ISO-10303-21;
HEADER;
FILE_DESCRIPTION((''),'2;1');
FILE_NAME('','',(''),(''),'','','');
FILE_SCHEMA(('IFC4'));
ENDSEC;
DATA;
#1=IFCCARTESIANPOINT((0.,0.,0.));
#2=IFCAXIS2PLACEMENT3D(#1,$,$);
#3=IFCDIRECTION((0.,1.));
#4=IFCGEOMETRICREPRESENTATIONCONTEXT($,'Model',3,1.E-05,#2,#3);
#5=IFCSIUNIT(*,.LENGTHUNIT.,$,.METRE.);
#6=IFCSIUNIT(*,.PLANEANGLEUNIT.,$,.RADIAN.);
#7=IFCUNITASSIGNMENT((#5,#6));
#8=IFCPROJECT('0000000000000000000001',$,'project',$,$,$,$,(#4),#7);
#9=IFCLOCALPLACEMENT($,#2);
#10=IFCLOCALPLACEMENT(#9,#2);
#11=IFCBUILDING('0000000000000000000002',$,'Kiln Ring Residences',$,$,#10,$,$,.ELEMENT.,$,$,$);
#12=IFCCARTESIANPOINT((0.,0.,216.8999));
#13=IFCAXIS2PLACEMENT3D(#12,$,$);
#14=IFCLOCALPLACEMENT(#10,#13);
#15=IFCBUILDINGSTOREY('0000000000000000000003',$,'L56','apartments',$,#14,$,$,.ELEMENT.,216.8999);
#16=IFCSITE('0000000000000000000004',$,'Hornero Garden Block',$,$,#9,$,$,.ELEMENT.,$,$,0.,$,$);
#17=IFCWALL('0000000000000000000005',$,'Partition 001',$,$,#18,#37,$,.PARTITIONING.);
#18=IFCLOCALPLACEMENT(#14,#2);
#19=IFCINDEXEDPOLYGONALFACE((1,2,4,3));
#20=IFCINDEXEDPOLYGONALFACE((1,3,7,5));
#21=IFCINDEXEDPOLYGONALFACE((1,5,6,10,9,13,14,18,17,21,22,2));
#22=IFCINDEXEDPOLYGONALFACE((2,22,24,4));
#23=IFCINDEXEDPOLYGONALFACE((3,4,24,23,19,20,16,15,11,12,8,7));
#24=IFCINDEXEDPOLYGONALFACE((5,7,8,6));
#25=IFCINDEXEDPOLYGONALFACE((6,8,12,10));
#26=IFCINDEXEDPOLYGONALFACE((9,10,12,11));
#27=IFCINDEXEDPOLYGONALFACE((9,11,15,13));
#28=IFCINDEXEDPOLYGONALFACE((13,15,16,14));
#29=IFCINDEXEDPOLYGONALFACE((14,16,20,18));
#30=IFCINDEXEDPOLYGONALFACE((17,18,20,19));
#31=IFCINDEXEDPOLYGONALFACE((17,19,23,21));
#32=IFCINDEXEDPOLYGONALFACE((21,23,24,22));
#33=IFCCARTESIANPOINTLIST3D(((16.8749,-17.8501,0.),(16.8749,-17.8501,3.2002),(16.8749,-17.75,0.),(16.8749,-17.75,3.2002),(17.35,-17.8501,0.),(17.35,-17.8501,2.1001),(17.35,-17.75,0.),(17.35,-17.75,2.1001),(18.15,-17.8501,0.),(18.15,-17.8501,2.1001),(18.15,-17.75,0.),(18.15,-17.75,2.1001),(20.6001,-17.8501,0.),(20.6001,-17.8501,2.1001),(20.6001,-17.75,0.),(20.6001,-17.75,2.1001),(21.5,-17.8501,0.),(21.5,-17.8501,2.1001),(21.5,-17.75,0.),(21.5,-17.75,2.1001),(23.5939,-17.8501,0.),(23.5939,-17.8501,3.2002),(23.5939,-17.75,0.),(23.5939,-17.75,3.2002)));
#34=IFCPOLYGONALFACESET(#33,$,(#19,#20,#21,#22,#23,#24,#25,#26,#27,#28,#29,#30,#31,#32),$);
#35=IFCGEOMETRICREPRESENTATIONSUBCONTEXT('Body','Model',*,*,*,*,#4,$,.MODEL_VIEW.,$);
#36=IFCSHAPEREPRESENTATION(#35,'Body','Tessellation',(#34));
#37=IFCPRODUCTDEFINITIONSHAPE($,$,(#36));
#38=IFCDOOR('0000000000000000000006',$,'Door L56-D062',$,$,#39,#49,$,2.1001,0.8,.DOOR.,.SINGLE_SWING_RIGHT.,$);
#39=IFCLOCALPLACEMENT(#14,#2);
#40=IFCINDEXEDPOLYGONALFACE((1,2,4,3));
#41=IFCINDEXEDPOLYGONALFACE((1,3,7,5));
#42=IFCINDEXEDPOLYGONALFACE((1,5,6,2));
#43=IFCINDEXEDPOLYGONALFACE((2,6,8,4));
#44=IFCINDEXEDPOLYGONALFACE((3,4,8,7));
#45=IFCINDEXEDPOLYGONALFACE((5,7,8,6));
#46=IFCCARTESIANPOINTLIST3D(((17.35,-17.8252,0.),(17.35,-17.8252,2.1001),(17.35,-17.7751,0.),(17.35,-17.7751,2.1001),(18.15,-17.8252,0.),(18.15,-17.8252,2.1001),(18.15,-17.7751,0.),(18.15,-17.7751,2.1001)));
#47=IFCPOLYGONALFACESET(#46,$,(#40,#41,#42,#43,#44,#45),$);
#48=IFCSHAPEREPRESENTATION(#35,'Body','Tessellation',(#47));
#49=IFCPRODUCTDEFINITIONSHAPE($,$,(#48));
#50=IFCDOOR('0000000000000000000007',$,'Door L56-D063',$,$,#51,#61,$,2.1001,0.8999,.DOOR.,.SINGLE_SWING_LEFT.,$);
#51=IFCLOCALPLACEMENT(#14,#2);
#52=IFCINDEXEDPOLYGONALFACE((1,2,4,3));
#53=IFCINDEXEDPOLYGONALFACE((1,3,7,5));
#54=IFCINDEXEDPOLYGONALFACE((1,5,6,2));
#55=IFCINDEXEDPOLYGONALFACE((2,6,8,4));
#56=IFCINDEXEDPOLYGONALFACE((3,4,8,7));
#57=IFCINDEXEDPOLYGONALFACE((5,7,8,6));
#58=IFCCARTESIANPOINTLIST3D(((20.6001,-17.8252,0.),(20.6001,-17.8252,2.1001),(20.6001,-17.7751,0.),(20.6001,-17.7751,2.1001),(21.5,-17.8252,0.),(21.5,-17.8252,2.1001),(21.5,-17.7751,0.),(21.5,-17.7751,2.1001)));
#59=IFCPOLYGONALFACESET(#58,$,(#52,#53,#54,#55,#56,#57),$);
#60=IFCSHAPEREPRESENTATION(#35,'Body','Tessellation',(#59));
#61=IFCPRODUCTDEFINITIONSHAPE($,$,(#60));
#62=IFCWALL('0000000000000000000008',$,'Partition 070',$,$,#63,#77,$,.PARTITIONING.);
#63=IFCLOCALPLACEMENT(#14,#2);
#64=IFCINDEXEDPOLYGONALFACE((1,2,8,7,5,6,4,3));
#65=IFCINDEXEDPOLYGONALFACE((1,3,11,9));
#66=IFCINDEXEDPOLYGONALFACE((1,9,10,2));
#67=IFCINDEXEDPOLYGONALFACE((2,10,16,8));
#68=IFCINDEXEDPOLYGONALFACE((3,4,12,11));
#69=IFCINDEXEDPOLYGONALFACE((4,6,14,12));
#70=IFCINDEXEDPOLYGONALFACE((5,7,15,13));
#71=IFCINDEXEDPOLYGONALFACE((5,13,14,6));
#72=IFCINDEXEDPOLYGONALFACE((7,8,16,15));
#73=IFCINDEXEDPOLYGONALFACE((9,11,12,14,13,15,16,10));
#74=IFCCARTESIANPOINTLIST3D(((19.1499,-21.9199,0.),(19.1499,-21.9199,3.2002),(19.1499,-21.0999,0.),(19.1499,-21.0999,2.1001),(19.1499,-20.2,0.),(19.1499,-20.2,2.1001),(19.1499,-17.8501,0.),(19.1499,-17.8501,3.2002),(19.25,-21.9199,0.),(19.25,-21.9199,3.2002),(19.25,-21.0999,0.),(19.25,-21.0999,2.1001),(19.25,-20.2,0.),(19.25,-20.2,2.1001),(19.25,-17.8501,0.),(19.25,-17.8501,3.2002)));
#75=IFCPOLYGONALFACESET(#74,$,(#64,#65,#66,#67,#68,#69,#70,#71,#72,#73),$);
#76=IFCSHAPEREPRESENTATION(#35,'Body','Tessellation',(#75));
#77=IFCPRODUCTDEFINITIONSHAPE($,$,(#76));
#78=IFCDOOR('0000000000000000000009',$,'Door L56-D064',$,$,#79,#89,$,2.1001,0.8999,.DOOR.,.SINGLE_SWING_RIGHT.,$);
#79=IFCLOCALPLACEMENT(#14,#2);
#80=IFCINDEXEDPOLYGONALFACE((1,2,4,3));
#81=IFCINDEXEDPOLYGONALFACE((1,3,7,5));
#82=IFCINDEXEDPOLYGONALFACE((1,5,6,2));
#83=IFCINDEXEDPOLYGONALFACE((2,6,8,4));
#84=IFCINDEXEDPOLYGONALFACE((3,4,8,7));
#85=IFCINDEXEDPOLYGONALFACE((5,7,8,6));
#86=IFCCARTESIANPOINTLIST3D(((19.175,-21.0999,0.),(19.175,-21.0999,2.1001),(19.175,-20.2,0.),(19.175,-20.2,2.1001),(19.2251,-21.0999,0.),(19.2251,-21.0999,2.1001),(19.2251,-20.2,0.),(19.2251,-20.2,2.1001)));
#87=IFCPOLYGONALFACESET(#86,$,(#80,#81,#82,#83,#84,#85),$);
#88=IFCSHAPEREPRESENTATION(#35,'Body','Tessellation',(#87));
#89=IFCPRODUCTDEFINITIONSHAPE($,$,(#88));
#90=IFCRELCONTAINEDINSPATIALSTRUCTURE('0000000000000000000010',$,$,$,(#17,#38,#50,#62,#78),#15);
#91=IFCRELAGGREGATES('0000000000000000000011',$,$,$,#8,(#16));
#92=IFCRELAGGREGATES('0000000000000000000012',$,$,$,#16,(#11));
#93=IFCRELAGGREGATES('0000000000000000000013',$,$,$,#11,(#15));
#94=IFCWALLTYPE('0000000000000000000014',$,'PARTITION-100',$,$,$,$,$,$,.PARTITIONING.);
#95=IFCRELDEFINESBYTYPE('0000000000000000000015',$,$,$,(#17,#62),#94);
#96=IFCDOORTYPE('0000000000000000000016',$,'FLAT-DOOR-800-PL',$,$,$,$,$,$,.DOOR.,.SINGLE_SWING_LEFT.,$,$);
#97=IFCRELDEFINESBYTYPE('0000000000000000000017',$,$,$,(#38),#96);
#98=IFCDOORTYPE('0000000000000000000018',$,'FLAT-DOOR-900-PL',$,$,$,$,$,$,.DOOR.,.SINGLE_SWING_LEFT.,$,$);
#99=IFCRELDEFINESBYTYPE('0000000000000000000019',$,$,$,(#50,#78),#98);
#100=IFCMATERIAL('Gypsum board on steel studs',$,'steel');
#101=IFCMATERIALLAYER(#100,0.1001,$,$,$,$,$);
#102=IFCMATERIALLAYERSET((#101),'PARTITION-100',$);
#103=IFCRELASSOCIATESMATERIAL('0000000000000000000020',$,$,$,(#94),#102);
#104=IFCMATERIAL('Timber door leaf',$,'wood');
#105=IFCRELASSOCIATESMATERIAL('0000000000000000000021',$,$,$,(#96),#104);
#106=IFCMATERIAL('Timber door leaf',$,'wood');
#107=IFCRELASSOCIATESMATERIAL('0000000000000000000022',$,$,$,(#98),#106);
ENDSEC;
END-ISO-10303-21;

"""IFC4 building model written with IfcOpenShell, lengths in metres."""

from ifc_helpers import new_model, si_unit, direction, frame, frame_2d, origin, place, context, subcontext, project, spatial, rectangle, extrude, material, layer, layer_set, type_object, element, fill, save


model = new_model("IFC4")

# Units and contexts
model_context = context("Model", 3, precision=1e-05, world=origin(), true_north=direction((0.0, 1.0)))
body_context = subcontext(model_context, "Body", "Model", "MODEL_VIEW")
ifc_project = project(units=[si_unit("LENGTHUNIT", "METRE"), si_unit("PLANEANGLEUNIT", "RADIAN")], contexts=[model_context])

# Site, building, storey
site_placement = place(None, origin())
site = spatial("IfcSite", under=ifc_project, at=site_placement, Name="Hornero Garden Block", CompositionType="ELEMENT", RefElevation=0.0)
building_placement = place(site_placement, origin())
building = spatial("IfcBuilding", under=site, at=building_placement, Name="Kiln Ring Residences", CompositionType="ELEMENT")
storey_placement = place(building_placement, frame((0.0, 0.0, 216.8999)))
storey = spatial("IfcBuildingStorey", under=building, at=storey_placement, Name="L56", Description="apartments", CompositionType="ELEMENT", Elevation=216.8999)

# Wall, openings, doors
ifc_material_1 = material(Name="Gypsum board on steel studs", Category="steel")
ifc_layer_1 = layer(ifc_material_1, 0.1001)
ifc_layer_set_1 = layer_set([ifc_layer_1], Name="PARTITION-100")
wall_type_1 = type_object("IfcWallType", Name="PARTITION-100", PredefinedType="PARTITIONING", material=ifc_layer_set_1)
wall_1_placement = place(storey_placement, frame((16.875, -17.8, 0.0), z_axis=(0.0, 0.0, 1.0), x_axis=(1.0, 0.0, 0.0)))
wall_1 = element("IfcWall", 1, at=wall_1_placement, inside=storey, type_object=wall_type_1, Name="Partition 001", PredefinedType="PARTITIONING", context=body_context, shape_type="SweptSolid", body=[
    extrude(rectangle(XDim=6.719, YDim=0.1001, at=frame_2d((3.3594, 0.0))), origin(), (0.0, 0.0, 1.0), 3.2002),
])
opening_1_placement = place(wall_1_placement, frame((0.4751, 0.0, 0.0)))
opening_1 = element("IfcOpeningElement", 2, at=opening_1_placement, cuts=wall_1, PredefinedType="OPENING", context=body_context, shape_type="SweptSolid", body=[
    extrude(rectangle(XDim=0.8, YDim=2.1001, at=frame_2d((0.3999, 1.05))), frame((0.0, 0.0601, 0.0), z_axis=(0.0, -1.0, 0.0), x_axis=(1.0, 0.0, 0.0)), (0.0, 0.0, 1.0), 0.1201),
])
opening_2_placement = place(wall_1_placement, frame((3.7251, 0.0, 0.0)))
opening_2 = element("IfcOpeningElement", 3, at=opening_2_placement, cuts=wall_1, PredefinedType="OPENING", context=body_context, shape_type="SweptSolid", body=[
    extrude(rectangle(XDim=0.8999, YDim=2.1001, at=frame_2d((0.45, 1.05))), frame((0.0, 0.0601, 0.0), z_axis=(0.0, -1.0, 0.0), x_axis=(1.0, 0.0, 0.0)), (0.0, 0.0, 1.0), 0.1201),
])
ifc_material_2 = material(Name="Timber door leaf", Category="wood")
door_type_1 = type_object("IfcDoorType", Name="FLAT-DOOR-800-PL", OperationType="SINGLE_SWING_LEFT", PredefinedType="DOOR", material=ifc_material_2)
door_1_placement = place(opening_1_placement, origin())
door_1 = element("IfcDoor", 4, at=door_1_placement, inside=storey, type_object=door_type_1, Name="Door L56-D062", OperationType="SINGLE_SWING_RIGHT", OverallHeight=2.1001, OverallWidth=0.8, PredefinedType="DOOR", context=body_context, shape_type="SweptSolid", body=[
    extrude(rectangle(XDim=0.8, YDim=2.1001, at=frame_2d((0.3999, 1.05))), frame((0.0, 0.0249, 0.0), z_axis=(0.0, -1.0, 0.0), x_axis=(1.0, 0.0, 0.0)), (0.0, 0.0, 1.0), 0.05),
])
fill(opening_1, door_1)
ifc_material_3 = material(Name="Timber door leaf", Category="wood")
door_type_2 = type_object("IfcDoorType", Name="FLAT-DOOR-900-PL", OperationType="SINGLE_SWING_LEFT", PredefinedType="DOOR", material=ifc_material_3)
door_2_placement = place(opening_2_placement, origin())
door_2 = element("IfcDoor", 5, at=door_2_placement, inside=storey, type_object=door_type_2, Name="Door L56-D063", OperationType="SINGLE_SWING_LEFT", OverallHeight=2.1001, OverallWidth=0.8999, PredefinedType="DOOR", context=body_context, shape_type="SweptSolid", body=[
    extrude(rectangle(XDim=0.8999, YDim=2.1001, at=frame_2d((0.45, 1.05))), frame((0.0, 0.0249, 0.0), z_axis=(0.0, -1.0, 0.0), x_axis=(1.0, 0.0, 0.0)), (0.0, 0.0, 1.0), 0.05),
])
fill(opening_2, door_2)

# Wall, opening, door
wall_2_placement = place(storey_placement, frame((19.2, -21.9199, 0.0), z_axis=(0.0, 0.0, 1.0), x_axis=(0.0, 1.0, 0.0)))
wall_2 = element("IfcWall", 6, at=wall_2_placement, inside=storey, type_object=wall_type_1, Name="Partition 070", PredefinedType="PARTITIONING", context=body_context, shape_type="SweptSolid", body=[
    extrude(rectangle(XDim=4.0698, YDim=0.1001, at=frame_2d((2.0349, 0.0))), origin(), (0.0, 0.0, 1.0), 3.2002),
])
opening_3_placement = place(wall_2_placement, frame((0.8201, 0.0, 0.0)))
opening_3 = element("IfcOpeningElement", 7, at=opening_3_placement, cuts=wall_2, PredefinedType="OPENING", context=body_context, shape_type="SweptSolid", body=[
    extrude(rectangle(XDim=0.8999, YDim=2.1001, at=frame_2d((0.45, 1.05))), frame((0.0, 0.0601, 0.0), z_axis=(0.0, -1.0, 0.0), x_axis=(1.0, 0.0, 0.0)), (0.0, 0.0, 1.0), 0.1201),
])
door_3_placement = place(opening_3_placement, origin())
door_3 = element("IfcDoor", 8, at=door_3_placement, inside=storey, type_object=door_type_2, Name="Door L56-D064", OperationType="SINGLE_SWING_RIGHT", OverallHeight=2.1001, OverallWidth=0.8999, PredefinedType="DOOR", context=body_context, shape_type="SweptSolid", body=[
    extrude(rectangle(XDim=0.8999, YDim=2.1001, at=frame_2d((0.45, 1.05))), frame((0.0, 0.0249, 0.0), z_axis=(0.0, -1.0, 0.0), x_axis=(1.0, 0.0, 0.0)), (0.0, 0.0, 1.0), 0.05),
])
fill(opening_3, door_3)

save(model, "model.ifc")
